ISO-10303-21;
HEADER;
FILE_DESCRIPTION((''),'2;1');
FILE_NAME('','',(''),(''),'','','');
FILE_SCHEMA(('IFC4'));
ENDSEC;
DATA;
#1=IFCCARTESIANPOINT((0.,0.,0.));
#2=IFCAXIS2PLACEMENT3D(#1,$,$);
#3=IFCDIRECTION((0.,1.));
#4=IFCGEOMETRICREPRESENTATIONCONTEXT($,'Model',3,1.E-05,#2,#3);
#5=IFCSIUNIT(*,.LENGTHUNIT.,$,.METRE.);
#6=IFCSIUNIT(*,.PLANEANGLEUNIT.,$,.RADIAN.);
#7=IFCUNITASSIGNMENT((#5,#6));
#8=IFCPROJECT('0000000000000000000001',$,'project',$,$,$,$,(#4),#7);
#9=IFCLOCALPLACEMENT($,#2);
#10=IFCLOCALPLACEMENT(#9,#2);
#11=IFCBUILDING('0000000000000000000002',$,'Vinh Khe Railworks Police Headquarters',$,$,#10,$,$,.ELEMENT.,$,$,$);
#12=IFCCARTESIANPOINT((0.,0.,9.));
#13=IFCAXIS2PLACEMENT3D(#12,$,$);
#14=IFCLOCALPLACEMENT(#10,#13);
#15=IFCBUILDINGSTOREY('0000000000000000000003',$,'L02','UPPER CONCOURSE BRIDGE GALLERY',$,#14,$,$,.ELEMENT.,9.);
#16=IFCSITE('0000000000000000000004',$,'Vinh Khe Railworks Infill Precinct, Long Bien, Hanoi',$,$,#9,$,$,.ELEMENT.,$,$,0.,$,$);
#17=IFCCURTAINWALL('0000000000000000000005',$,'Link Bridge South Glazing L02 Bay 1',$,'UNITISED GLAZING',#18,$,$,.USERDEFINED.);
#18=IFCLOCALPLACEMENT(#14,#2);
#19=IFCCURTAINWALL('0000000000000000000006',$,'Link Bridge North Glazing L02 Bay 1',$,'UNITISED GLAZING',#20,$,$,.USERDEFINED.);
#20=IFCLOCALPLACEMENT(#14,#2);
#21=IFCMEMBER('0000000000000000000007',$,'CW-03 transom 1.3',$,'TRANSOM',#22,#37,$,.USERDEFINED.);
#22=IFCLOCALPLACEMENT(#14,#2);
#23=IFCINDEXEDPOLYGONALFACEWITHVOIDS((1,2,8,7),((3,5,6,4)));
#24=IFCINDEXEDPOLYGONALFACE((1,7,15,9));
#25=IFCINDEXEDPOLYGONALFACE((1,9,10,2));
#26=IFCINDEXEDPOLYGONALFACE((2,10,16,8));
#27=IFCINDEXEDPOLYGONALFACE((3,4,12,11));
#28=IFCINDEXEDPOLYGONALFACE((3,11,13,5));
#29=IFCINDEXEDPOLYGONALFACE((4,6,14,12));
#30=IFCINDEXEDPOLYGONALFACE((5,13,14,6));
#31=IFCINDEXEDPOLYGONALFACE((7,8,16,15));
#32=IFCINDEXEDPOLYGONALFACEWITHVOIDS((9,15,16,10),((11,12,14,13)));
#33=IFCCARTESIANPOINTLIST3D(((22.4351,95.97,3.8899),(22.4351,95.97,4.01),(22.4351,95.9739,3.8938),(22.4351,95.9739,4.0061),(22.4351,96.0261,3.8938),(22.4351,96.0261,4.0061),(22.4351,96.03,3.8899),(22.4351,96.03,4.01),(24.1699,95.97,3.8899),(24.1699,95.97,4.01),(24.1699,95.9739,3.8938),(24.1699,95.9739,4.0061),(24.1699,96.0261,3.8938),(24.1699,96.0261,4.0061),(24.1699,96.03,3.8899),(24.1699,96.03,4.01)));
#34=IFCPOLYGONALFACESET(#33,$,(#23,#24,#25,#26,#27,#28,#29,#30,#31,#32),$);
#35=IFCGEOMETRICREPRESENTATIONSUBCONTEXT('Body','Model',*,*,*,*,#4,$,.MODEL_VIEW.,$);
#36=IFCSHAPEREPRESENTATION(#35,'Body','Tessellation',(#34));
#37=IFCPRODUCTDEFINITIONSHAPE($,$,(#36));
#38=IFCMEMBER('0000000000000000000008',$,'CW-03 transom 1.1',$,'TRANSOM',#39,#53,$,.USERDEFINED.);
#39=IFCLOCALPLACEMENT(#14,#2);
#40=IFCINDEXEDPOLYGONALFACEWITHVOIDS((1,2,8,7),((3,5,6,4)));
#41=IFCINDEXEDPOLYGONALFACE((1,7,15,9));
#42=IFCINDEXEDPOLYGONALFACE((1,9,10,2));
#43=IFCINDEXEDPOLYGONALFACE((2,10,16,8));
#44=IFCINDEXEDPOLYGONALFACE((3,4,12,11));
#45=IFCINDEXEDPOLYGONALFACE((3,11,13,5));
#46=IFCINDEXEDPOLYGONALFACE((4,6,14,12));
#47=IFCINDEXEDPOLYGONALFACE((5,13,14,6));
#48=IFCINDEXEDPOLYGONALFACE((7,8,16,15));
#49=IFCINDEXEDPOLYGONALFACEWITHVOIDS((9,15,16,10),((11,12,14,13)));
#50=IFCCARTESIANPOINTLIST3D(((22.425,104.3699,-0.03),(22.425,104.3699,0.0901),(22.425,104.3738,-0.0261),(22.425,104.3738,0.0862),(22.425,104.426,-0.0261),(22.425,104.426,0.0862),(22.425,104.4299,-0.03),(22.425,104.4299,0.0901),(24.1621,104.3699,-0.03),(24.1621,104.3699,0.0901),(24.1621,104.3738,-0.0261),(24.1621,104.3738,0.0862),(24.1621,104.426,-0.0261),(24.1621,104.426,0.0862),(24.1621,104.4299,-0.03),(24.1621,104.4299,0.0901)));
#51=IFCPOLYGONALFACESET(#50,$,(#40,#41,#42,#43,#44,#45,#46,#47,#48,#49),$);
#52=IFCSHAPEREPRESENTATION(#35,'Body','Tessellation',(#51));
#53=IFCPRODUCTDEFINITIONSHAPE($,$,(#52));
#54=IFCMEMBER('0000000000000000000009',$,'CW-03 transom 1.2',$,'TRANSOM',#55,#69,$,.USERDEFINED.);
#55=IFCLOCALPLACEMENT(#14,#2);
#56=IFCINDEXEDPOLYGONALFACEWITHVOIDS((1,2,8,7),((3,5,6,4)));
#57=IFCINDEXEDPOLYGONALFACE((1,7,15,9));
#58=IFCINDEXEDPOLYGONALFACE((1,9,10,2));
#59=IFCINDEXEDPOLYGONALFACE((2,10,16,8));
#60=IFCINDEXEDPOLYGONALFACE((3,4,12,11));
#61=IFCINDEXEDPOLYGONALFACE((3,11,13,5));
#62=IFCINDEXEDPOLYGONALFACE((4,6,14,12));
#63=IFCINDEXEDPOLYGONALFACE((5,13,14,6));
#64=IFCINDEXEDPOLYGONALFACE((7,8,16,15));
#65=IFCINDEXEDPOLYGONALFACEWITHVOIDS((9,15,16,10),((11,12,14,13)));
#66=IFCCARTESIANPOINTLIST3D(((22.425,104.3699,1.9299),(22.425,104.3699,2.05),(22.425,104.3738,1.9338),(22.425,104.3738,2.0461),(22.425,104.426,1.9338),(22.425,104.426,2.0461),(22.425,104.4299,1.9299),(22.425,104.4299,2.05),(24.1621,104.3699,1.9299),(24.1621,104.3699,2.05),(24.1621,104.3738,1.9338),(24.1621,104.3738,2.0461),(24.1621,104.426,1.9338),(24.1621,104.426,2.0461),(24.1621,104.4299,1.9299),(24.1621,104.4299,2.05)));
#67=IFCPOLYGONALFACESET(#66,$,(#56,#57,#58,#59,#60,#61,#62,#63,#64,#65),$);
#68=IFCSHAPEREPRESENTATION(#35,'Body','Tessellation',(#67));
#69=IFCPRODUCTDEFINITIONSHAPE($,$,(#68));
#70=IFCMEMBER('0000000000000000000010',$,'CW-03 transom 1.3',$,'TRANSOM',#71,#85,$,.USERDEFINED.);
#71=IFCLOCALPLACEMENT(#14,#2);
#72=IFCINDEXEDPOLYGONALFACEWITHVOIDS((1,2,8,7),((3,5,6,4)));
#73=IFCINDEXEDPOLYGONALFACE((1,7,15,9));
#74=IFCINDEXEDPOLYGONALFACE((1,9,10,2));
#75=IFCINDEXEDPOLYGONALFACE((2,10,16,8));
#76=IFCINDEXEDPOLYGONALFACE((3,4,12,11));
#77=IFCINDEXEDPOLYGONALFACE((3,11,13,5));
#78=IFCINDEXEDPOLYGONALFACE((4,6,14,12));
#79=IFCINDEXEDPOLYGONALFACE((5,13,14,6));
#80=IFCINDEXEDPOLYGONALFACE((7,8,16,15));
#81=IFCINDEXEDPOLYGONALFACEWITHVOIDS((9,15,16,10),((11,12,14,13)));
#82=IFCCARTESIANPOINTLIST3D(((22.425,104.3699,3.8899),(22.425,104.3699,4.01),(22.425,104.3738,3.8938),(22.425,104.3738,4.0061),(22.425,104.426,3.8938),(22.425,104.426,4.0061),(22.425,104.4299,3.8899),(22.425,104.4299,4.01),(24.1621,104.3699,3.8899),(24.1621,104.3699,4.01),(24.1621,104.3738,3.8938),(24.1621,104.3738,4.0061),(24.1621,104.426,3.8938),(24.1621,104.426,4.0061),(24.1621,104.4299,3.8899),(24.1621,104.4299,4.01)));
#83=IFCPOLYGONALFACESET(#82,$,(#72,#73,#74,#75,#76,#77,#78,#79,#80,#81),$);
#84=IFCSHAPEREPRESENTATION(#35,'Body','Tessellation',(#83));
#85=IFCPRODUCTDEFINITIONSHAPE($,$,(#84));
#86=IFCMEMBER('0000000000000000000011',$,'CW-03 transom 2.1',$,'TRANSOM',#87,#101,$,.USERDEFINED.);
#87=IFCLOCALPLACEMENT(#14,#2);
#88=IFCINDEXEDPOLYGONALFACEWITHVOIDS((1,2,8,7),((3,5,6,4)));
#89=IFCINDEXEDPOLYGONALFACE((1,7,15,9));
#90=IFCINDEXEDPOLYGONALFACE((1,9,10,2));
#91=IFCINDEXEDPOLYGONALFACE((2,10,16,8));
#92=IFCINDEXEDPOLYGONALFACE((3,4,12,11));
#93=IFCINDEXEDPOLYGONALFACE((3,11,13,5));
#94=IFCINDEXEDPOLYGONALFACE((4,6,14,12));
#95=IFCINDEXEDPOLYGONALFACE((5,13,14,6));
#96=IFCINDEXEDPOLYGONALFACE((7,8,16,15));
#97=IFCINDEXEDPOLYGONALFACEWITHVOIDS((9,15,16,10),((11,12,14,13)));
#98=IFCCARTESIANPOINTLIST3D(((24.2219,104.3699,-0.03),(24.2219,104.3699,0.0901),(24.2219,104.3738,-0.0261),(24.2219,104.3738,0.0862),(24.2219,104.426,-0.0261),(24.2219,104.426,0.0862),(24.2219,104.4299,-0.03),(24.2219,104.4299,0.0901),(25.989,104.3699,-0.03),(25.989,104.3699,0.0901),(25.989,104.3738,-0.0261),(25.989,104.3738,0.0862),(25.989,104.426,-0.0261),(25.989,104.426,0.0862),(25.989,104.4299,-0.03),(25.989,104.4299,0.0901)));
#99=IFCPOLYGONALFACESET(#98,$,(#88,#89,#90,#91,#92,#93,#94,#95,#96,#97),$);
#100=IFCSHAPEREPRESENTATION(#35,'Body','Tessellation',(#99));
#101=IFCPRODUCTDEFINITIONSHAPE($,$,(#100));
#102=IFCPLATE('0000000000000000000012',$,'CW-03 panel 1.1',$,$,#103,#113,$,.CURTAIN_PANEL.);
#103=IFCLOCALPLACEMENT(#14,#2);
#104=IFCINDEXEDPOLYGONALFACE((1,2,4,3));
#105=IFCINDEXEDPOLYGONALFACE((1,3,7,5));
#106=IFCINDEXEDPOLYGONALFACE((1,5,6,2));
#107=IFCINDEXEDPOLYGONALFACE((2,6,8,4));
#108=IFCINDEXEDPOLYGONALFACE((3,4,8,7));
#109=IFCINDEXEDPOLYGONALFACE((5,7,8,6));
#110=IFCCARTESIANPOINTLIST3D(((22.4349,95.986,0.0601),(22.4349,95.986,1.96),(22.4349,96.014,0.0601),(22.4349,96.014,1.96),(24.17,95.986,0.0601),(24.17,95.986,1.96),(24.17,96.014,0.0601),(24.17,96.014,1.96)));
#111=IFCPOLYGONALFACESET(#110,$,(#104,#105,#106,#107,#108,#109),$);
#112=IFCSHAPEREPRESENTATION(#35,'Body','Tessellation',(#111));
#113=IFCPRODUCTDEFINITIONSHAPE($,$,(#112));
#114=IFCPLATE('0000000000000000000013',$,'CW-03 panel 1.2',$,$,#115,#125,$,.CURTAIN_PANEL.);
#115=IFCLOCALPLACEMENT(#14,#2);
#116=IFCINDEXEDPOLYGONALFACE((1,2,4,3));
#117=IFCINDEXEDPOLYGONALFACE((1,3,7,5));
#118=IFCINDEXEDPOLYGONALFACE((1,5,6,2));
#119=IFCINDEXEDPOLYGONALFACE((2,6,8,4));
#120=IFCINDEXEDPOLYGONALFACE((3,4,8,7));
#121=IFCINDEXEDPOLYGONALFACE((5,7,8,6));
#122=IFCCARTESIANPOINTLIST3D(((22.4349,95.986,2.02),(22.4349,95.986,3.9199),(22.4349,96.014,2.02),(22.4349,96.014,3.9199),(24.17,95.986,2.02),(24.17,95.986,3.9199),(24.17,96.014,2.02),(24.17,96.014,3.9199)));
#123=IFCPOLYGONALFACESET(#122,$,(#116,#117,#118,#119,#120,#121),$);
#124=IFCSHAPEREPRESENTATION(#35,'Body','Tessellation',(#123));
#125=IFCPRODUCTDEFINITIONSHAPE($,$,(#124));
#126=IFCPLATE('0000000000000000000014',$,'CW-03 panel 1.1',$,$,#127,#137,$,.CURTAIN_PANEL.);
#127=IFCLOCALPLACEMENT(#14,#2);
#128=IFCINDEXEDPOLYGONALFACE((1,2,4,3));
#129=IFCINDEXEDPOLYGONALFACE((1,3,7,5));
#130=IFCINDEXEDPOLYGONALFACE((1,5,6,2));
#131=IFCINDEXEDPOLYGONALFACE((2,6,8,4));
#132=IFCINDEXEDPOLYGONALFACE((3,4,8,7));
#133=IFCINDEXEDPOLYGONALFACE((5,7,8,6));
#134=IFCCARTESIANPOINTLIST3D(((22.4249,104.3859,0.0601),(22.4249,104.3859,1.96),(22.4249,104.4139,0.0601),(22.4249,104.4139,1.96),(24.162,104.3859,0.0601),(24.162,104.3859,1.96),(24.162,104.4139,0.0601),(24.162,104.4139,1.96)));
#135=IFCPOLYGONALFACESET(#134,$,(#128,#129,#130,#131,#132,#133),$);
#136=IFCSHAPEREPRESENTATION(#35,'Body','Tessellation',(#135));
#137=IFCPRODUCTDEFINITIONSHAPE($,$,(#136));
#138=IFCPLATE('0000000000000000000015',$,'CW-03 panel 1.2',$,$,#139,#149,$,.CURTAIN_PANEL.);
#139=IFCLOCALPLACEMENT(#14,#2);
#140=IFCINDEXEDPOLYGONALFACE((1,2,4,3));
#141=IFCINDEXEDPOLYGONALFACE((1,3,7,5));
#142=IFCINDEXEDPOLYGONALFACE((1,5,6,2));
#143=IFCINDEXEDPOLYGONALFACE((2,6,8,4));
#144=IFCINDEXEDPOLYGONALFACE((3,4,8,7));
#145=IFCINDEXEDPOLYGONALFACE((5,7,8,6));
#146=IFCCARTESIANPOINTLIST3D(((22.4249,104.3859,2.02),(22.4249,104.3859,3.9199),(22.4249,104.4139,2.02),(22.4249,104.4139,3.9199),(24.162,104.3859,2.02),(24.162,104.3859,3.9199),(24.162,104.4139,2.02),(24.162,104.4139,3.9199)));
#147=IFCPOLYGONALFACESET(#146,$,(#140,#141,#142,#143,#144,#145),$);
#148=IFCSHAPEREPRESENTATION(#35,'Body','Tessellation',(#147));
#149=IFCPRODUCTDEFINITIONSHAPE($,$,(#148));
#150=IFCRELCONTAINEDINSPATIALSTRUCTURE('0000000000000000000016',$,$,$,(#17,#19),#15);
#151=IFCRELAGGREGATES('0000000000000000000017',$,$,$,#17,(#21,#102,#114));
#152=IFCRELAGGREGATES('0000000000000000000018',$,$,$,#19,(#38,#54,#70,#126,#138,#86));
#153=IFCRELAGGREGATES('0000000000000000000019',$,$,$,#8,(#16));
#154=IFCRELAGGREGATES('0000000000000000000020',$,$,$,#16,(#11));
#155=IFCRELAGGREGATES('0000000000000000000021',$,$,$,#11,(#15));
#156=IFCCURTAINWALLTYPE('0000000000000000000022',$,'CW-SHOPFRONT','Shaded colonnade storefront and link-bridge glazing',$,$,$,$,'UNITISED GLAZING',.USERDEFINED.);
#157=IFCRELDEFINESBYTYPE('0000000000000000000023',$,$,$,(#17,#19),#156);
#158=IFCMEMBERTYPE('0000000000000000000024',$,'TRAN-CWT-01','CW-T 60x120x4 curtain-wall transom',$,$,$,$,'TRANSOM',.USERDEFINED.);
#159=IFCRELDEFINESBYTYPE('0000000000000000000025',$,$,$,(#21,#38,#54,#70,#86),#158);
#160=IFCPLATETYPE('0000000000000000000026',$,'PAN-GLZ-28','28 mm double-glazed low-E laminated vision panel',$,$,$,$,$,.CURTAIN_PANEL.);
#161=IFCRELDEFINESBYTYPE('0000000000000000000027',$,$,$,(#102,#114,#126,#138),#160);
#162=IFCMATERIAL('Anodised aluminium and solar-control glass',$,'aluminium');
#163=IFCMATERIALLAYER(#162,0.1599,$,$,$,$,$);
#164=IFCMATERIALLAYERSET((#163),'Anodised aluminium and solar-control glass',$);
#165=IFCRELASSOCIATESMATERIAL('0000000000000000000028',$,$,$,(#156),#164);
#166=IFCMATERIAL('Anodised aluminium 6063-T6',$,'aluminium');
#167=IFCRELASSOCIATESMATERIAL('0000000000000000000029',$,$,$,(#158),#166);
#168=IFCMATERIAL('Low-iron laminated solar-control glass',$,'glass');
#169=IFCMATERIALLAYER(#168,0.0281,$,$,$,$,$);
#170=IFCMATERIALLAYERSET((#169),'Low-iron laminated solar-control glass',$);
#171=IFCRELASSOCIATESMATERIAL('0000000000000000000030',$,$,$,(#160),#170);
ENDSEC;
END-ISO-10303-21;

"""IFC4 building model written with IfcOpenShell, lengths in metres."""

from ifc_helpers import new_model, si_unit, direction, frame, origin, origin_2d, place, context, subcontext, project, spatial, rectangle, hollow_rectangle, extrude, material, layer, layer_set, material_profile, profile_set, type_object, element, aggregate, save


model = new_model("IFC4")

# Units and contexts
model_context = context("Model", 3, precision=1e-05, world=origin(), true_north=direction((0.0, 1.0)))
body_context = subcontext(model_context, "Body", "Model", "MODEL_VIEW")
ifc_project = project(units=[si_unit("LENGTHUNIT", "METRE"), si_unit("PLANEANGLEUNIT", "RADIAN")], contexts=[model_context])

# Site, building, storey
site_placement = place(None, origin())
site = spatial("IfcSite", under=ifc_project, at=site_placement, Name="Vinh Khe Railworks Infill Precinct, Long Bien, Hanoi", CompositionType="ELEMENT", RefElevation=0.0)
building_placement = place(site_placement, origin())
building = spatial("IfcBuilding", under=site, at=building_placement, Name="Vinh Khe Railworks Police Headquarters", CompositionType="ELEMENT")
storey_placement = place(building_placement, frame((0.0, 0.0, 9.0)))
storey = spatial("IfcBuildingStorey", under=building, at=storey_placement, Name="L02", Description="UPPER CONCOURSE BRIDGE GALLERY", CompositionType="ELEMENT", Elevation=9.0)

# Curtain walls
ifc_material_1 = material(Name="Anodised aluminium and solar-control glass", Category="aluminium")
ifc_layer_1 = layer(ifc_material_1, 0.1599)
ifc_layer_set_1 = layer_set([ifc_layer_1], Name="Anodised aluminium and solar-control glass")
curtain_wall_type = type_object("IfcCurtainWallType", Name="CW-SHOPFRONT", Description="Shaded colonnade storefront and link-bridge glazing", ElementType="UNITISED GLAZING", PredefinedType="USERDEFINED", material=ifc_layer_set_1)
curtain_wall_1_placement = place(storey_placement, origin())
curtain_wall_1 = element("IfcCurtainWall", 1, at=curtain_wall_1_placement, inside=storey, type_object=curtain_wall_type, Name="Link Bridge South Glazing L02 Bay 1", ObjectType="UNITISED GLAZING", PredefinedType="USERDEFINED")
ifc_material_2 = material(Name="Anodised aluminium 6063-T6", Category="aluminium")
curtain_wall_2_placement = place(storey_placement, origin())
curtain_wall_2 = element("IfcCurtainWall", 2, at=curtain_wall_2_placement, inside=storey, type_object=curtain_wall_type, Name="Link Bridge North Glazing L02 Bay 1", ObjectType="UNITISED GLAZING", PredefinedType="USERDEFINED")

# Members
ifc_material_profile_1 = material_profile(ifc_material_2, hollow_rectangle(XDim=0.0601, YDim=0.1201, WallThickness=0.0039, at=origin_2d()), Name="CW-T 60x120x4")
ifc_profile_set_1 = profile_set([ifc_material_profile_1], Name="Anodised aluminium 6063-T6")
member_type_1 = type_object("IfcMemberType", Name="TRAN-CWT-01", Description="CW-T 60x120x4 curtain-wall transom", ElementType="TRANSOM", PredefinedType="USERDEFINED", material=ifc_profile_set_1)
member_1_placement = place(storey_placement, frame((22.4351, 96.0, 3.95), z_axis=(1.0, 0.0, 0.0), x_axis=(0.0, 1.0, 0.0)))
member_1 = element("IfcMember", 3, at=member_1_placement, type_object=member_type_1, Name="CW-03 transom 1.3", ObjectType="TRANSOM", PredefinedType="USERDEFINED", context=body_context, shape_type="SweptSolid", body=[
    extrude(hollow_rectangle(XDim=0.0601, YDim=0.1201, WallThickness=0.0039, at=origin_2d()), origin(), (0.0, 0.0, 1.0), 1.7349),
])
member_2_placement = place(storey_placement, frame((22.425, 104.3999, 0.03), z_axis=(1.0, 0.0, 0.0), x_axis=(0.0, 1.0, 0.0)))
member_2 = element("IfcMember", 4, at=member_2_placement, type_object=member_type_1, Name="CW-03 transom 1.1", ObjectType="TRANSOM", PredefinedType="USERDEFINED", context=body_context, shape_type="SweptSolid", body=[
    extrude(hollow_rectangle(XDim=0.0601, YDim=0.1201, WallThickness=0.0039, at=origin_2d()), origin(), (0.0, 0.0, 1.0), 1.7371),
])
member_3_placement = place(storey_placement, frame((22.425, 104.3999, 1.99), z_axis=(1.0, 0.0, 0.0), x_axis=(0.0, 1.0, 0.0)))
member_3 = element("IfcMember", 5, at=member_3_placement, type_object=member_type_1, Name="CW-03 transom 1.2", ObjectType="TRANSOM", PredefinedType="USERDEFINED", context=body_context, shape_type="SweptSolid", body=[
    extrude(hollow_rectangle(XDim=0.0601, YDim=0.1201, WallThickness=0.0039, at=origin_2d()), origin(), (0.0, 0.0, 1.0), 1.7371),
])
member_4_placement = place(storey_placement, frame((22.425, 104.3999, 3.95), z_axis=(1.0, 0.0, 0.0), x_axis=(0.0, 1.0, 0.0)))
member_4 = element("IfcMember", 6, at=member_4_placement, type_object=member_type_1, Name="CW-03 transom 1.3", ObjectType="TRANSOM", PredefinedType="USERDEFINED", context=body_context, shape_type="SweptSolid", body=[
    extrude(hollow_rectangle(XDim=0.0601, YDim=0.1201, WallThickness=0.0039, at=origin_2d()), origin(), (0.0, 0.0, 1.0), 1.7371),
])
member_5_placement = place(storey_placement, frame((24.2219, 104.3999, 0.03), z_axis=(1.0, 0.0, 0.0), x_axis=(0.0, 1.0, 0.0)))
member_5 = element("IfcMember", 7, at=member_5_placement, type_object=member_type_1, Name="CW-03 transom 2.1", ObjectType="TRANSOM", PredefinedType="USERDEFINED", context=body_context, shape_type="SweptSolid", body=[
    extrude(hollow_rectangle(XDim=0.0601, YDim=0.1201, WallThickness=0.0039, at=origin_2d()), origin(), (0.0, 0.0, 1.0), 1.7671),
])

# Plates
ifc_material_3 = material(Name="Low-iron laminated solar-control glass", Category="glass")
ifc_layer_2 = layer(ifc_material_3, 0.0281)
ifc_layer_set_2 = layer_set([ifc_layer_2], Name="Low-iron laminated solar-control glass")
plate_type = type_object("IfcPlateType", Name="PAN-GLZ-28", Description="28 mm double-glazed low-E laminated vision panel", PredefinedType="CURTAIN_PANEL", material=ifc_layer_set_2)
plate_1_placement = place(storey_placement, frame((23.3025, 96.0, 0.0601), z_axis=(0.0, 0.0, 1.0), x_axis=(1.0, 0.0, 0.0)))
plate_1 = element("IfcPlate", 8, at=plate_1_placement, type_object=plate_type, Name="CW-03 panel 1.1", PredefinedType="CURTAIN_PANEL", context=body_context, shape_type="SweptSolid", body=[
    extrude(rectangle(XDim=1.7351, YDim=0.0281, at=origin_2d()), origin(), (0.0, 0.0, 1.0), 1.8999),
])
plate_2_placement = place(storey_placement, frame((23.3025, 96.0, 2.02), z_axis=(0.0, 0.0, 1.0), x_axis=(1.0, 0.0, 0.0)))
plate_2 = element("IfcPlate", 9, at=plate_2_placement, type_object=plate_type, Name="CW-03 panel 1.2", PredefinedType="CURTAIN_PANEL", context=body_context, shape_type="SweptSolid", body=[
    extrude(rectangle(XDim=1.7351, YDim=0.0281, at=origin_2d()), origin(), (0.0, 0.0, 1.0), 1.8999),
])
aggregate(curtain_wall_1, [member_1, plate_1, plate_2])
plate_3_placement = place(storey_placement, frame((23.2935, 104.3999, 0.0601), z_axis=(0.0, 0.0, 1.0), x_axis=(1.0, 0.0, 0.0)))
plate_3 = element("IfcPlate", 10, at=plate_3_placement, type_object=plate_type, Name="CW-03 panel 1.1", PredefinedType="CURTAIN_PANEL", context=body_context, shape_type="SweptSolid", body=[
    extrude(rectangle(XDim=1.7371, YDim=0.0281, at=origin_2d()), origin(), (0.0, 0.0, 1.0), 1.8999),
])
plate_4_placement = place(storey_placement, frame((23.2935, 104.3999, 2.02), z_axis=(0.0, 0.0, 1.0), x_axis=(1.0, 0.0, 0.0)))
plate_4 = element("IfcPlate", 11, at=plate_4_placement, type_object=plate_type, Name="CW-03 panel 1.2", PredefinedType="CURTAIN_PANEL", context=body_context, shape_type="SweptSolid", body=[
    extrude(rectangle(XDim=1.7371, YDim=0.0281, at=origin_2d()), origin(), (0.0, 0.0, 1.0), 1.8999),
])
aggregate(curtain_wall_2, [member_2, member_3, member_4, plate_3, plate_4, member_5])

save(model, "model.ifc")
